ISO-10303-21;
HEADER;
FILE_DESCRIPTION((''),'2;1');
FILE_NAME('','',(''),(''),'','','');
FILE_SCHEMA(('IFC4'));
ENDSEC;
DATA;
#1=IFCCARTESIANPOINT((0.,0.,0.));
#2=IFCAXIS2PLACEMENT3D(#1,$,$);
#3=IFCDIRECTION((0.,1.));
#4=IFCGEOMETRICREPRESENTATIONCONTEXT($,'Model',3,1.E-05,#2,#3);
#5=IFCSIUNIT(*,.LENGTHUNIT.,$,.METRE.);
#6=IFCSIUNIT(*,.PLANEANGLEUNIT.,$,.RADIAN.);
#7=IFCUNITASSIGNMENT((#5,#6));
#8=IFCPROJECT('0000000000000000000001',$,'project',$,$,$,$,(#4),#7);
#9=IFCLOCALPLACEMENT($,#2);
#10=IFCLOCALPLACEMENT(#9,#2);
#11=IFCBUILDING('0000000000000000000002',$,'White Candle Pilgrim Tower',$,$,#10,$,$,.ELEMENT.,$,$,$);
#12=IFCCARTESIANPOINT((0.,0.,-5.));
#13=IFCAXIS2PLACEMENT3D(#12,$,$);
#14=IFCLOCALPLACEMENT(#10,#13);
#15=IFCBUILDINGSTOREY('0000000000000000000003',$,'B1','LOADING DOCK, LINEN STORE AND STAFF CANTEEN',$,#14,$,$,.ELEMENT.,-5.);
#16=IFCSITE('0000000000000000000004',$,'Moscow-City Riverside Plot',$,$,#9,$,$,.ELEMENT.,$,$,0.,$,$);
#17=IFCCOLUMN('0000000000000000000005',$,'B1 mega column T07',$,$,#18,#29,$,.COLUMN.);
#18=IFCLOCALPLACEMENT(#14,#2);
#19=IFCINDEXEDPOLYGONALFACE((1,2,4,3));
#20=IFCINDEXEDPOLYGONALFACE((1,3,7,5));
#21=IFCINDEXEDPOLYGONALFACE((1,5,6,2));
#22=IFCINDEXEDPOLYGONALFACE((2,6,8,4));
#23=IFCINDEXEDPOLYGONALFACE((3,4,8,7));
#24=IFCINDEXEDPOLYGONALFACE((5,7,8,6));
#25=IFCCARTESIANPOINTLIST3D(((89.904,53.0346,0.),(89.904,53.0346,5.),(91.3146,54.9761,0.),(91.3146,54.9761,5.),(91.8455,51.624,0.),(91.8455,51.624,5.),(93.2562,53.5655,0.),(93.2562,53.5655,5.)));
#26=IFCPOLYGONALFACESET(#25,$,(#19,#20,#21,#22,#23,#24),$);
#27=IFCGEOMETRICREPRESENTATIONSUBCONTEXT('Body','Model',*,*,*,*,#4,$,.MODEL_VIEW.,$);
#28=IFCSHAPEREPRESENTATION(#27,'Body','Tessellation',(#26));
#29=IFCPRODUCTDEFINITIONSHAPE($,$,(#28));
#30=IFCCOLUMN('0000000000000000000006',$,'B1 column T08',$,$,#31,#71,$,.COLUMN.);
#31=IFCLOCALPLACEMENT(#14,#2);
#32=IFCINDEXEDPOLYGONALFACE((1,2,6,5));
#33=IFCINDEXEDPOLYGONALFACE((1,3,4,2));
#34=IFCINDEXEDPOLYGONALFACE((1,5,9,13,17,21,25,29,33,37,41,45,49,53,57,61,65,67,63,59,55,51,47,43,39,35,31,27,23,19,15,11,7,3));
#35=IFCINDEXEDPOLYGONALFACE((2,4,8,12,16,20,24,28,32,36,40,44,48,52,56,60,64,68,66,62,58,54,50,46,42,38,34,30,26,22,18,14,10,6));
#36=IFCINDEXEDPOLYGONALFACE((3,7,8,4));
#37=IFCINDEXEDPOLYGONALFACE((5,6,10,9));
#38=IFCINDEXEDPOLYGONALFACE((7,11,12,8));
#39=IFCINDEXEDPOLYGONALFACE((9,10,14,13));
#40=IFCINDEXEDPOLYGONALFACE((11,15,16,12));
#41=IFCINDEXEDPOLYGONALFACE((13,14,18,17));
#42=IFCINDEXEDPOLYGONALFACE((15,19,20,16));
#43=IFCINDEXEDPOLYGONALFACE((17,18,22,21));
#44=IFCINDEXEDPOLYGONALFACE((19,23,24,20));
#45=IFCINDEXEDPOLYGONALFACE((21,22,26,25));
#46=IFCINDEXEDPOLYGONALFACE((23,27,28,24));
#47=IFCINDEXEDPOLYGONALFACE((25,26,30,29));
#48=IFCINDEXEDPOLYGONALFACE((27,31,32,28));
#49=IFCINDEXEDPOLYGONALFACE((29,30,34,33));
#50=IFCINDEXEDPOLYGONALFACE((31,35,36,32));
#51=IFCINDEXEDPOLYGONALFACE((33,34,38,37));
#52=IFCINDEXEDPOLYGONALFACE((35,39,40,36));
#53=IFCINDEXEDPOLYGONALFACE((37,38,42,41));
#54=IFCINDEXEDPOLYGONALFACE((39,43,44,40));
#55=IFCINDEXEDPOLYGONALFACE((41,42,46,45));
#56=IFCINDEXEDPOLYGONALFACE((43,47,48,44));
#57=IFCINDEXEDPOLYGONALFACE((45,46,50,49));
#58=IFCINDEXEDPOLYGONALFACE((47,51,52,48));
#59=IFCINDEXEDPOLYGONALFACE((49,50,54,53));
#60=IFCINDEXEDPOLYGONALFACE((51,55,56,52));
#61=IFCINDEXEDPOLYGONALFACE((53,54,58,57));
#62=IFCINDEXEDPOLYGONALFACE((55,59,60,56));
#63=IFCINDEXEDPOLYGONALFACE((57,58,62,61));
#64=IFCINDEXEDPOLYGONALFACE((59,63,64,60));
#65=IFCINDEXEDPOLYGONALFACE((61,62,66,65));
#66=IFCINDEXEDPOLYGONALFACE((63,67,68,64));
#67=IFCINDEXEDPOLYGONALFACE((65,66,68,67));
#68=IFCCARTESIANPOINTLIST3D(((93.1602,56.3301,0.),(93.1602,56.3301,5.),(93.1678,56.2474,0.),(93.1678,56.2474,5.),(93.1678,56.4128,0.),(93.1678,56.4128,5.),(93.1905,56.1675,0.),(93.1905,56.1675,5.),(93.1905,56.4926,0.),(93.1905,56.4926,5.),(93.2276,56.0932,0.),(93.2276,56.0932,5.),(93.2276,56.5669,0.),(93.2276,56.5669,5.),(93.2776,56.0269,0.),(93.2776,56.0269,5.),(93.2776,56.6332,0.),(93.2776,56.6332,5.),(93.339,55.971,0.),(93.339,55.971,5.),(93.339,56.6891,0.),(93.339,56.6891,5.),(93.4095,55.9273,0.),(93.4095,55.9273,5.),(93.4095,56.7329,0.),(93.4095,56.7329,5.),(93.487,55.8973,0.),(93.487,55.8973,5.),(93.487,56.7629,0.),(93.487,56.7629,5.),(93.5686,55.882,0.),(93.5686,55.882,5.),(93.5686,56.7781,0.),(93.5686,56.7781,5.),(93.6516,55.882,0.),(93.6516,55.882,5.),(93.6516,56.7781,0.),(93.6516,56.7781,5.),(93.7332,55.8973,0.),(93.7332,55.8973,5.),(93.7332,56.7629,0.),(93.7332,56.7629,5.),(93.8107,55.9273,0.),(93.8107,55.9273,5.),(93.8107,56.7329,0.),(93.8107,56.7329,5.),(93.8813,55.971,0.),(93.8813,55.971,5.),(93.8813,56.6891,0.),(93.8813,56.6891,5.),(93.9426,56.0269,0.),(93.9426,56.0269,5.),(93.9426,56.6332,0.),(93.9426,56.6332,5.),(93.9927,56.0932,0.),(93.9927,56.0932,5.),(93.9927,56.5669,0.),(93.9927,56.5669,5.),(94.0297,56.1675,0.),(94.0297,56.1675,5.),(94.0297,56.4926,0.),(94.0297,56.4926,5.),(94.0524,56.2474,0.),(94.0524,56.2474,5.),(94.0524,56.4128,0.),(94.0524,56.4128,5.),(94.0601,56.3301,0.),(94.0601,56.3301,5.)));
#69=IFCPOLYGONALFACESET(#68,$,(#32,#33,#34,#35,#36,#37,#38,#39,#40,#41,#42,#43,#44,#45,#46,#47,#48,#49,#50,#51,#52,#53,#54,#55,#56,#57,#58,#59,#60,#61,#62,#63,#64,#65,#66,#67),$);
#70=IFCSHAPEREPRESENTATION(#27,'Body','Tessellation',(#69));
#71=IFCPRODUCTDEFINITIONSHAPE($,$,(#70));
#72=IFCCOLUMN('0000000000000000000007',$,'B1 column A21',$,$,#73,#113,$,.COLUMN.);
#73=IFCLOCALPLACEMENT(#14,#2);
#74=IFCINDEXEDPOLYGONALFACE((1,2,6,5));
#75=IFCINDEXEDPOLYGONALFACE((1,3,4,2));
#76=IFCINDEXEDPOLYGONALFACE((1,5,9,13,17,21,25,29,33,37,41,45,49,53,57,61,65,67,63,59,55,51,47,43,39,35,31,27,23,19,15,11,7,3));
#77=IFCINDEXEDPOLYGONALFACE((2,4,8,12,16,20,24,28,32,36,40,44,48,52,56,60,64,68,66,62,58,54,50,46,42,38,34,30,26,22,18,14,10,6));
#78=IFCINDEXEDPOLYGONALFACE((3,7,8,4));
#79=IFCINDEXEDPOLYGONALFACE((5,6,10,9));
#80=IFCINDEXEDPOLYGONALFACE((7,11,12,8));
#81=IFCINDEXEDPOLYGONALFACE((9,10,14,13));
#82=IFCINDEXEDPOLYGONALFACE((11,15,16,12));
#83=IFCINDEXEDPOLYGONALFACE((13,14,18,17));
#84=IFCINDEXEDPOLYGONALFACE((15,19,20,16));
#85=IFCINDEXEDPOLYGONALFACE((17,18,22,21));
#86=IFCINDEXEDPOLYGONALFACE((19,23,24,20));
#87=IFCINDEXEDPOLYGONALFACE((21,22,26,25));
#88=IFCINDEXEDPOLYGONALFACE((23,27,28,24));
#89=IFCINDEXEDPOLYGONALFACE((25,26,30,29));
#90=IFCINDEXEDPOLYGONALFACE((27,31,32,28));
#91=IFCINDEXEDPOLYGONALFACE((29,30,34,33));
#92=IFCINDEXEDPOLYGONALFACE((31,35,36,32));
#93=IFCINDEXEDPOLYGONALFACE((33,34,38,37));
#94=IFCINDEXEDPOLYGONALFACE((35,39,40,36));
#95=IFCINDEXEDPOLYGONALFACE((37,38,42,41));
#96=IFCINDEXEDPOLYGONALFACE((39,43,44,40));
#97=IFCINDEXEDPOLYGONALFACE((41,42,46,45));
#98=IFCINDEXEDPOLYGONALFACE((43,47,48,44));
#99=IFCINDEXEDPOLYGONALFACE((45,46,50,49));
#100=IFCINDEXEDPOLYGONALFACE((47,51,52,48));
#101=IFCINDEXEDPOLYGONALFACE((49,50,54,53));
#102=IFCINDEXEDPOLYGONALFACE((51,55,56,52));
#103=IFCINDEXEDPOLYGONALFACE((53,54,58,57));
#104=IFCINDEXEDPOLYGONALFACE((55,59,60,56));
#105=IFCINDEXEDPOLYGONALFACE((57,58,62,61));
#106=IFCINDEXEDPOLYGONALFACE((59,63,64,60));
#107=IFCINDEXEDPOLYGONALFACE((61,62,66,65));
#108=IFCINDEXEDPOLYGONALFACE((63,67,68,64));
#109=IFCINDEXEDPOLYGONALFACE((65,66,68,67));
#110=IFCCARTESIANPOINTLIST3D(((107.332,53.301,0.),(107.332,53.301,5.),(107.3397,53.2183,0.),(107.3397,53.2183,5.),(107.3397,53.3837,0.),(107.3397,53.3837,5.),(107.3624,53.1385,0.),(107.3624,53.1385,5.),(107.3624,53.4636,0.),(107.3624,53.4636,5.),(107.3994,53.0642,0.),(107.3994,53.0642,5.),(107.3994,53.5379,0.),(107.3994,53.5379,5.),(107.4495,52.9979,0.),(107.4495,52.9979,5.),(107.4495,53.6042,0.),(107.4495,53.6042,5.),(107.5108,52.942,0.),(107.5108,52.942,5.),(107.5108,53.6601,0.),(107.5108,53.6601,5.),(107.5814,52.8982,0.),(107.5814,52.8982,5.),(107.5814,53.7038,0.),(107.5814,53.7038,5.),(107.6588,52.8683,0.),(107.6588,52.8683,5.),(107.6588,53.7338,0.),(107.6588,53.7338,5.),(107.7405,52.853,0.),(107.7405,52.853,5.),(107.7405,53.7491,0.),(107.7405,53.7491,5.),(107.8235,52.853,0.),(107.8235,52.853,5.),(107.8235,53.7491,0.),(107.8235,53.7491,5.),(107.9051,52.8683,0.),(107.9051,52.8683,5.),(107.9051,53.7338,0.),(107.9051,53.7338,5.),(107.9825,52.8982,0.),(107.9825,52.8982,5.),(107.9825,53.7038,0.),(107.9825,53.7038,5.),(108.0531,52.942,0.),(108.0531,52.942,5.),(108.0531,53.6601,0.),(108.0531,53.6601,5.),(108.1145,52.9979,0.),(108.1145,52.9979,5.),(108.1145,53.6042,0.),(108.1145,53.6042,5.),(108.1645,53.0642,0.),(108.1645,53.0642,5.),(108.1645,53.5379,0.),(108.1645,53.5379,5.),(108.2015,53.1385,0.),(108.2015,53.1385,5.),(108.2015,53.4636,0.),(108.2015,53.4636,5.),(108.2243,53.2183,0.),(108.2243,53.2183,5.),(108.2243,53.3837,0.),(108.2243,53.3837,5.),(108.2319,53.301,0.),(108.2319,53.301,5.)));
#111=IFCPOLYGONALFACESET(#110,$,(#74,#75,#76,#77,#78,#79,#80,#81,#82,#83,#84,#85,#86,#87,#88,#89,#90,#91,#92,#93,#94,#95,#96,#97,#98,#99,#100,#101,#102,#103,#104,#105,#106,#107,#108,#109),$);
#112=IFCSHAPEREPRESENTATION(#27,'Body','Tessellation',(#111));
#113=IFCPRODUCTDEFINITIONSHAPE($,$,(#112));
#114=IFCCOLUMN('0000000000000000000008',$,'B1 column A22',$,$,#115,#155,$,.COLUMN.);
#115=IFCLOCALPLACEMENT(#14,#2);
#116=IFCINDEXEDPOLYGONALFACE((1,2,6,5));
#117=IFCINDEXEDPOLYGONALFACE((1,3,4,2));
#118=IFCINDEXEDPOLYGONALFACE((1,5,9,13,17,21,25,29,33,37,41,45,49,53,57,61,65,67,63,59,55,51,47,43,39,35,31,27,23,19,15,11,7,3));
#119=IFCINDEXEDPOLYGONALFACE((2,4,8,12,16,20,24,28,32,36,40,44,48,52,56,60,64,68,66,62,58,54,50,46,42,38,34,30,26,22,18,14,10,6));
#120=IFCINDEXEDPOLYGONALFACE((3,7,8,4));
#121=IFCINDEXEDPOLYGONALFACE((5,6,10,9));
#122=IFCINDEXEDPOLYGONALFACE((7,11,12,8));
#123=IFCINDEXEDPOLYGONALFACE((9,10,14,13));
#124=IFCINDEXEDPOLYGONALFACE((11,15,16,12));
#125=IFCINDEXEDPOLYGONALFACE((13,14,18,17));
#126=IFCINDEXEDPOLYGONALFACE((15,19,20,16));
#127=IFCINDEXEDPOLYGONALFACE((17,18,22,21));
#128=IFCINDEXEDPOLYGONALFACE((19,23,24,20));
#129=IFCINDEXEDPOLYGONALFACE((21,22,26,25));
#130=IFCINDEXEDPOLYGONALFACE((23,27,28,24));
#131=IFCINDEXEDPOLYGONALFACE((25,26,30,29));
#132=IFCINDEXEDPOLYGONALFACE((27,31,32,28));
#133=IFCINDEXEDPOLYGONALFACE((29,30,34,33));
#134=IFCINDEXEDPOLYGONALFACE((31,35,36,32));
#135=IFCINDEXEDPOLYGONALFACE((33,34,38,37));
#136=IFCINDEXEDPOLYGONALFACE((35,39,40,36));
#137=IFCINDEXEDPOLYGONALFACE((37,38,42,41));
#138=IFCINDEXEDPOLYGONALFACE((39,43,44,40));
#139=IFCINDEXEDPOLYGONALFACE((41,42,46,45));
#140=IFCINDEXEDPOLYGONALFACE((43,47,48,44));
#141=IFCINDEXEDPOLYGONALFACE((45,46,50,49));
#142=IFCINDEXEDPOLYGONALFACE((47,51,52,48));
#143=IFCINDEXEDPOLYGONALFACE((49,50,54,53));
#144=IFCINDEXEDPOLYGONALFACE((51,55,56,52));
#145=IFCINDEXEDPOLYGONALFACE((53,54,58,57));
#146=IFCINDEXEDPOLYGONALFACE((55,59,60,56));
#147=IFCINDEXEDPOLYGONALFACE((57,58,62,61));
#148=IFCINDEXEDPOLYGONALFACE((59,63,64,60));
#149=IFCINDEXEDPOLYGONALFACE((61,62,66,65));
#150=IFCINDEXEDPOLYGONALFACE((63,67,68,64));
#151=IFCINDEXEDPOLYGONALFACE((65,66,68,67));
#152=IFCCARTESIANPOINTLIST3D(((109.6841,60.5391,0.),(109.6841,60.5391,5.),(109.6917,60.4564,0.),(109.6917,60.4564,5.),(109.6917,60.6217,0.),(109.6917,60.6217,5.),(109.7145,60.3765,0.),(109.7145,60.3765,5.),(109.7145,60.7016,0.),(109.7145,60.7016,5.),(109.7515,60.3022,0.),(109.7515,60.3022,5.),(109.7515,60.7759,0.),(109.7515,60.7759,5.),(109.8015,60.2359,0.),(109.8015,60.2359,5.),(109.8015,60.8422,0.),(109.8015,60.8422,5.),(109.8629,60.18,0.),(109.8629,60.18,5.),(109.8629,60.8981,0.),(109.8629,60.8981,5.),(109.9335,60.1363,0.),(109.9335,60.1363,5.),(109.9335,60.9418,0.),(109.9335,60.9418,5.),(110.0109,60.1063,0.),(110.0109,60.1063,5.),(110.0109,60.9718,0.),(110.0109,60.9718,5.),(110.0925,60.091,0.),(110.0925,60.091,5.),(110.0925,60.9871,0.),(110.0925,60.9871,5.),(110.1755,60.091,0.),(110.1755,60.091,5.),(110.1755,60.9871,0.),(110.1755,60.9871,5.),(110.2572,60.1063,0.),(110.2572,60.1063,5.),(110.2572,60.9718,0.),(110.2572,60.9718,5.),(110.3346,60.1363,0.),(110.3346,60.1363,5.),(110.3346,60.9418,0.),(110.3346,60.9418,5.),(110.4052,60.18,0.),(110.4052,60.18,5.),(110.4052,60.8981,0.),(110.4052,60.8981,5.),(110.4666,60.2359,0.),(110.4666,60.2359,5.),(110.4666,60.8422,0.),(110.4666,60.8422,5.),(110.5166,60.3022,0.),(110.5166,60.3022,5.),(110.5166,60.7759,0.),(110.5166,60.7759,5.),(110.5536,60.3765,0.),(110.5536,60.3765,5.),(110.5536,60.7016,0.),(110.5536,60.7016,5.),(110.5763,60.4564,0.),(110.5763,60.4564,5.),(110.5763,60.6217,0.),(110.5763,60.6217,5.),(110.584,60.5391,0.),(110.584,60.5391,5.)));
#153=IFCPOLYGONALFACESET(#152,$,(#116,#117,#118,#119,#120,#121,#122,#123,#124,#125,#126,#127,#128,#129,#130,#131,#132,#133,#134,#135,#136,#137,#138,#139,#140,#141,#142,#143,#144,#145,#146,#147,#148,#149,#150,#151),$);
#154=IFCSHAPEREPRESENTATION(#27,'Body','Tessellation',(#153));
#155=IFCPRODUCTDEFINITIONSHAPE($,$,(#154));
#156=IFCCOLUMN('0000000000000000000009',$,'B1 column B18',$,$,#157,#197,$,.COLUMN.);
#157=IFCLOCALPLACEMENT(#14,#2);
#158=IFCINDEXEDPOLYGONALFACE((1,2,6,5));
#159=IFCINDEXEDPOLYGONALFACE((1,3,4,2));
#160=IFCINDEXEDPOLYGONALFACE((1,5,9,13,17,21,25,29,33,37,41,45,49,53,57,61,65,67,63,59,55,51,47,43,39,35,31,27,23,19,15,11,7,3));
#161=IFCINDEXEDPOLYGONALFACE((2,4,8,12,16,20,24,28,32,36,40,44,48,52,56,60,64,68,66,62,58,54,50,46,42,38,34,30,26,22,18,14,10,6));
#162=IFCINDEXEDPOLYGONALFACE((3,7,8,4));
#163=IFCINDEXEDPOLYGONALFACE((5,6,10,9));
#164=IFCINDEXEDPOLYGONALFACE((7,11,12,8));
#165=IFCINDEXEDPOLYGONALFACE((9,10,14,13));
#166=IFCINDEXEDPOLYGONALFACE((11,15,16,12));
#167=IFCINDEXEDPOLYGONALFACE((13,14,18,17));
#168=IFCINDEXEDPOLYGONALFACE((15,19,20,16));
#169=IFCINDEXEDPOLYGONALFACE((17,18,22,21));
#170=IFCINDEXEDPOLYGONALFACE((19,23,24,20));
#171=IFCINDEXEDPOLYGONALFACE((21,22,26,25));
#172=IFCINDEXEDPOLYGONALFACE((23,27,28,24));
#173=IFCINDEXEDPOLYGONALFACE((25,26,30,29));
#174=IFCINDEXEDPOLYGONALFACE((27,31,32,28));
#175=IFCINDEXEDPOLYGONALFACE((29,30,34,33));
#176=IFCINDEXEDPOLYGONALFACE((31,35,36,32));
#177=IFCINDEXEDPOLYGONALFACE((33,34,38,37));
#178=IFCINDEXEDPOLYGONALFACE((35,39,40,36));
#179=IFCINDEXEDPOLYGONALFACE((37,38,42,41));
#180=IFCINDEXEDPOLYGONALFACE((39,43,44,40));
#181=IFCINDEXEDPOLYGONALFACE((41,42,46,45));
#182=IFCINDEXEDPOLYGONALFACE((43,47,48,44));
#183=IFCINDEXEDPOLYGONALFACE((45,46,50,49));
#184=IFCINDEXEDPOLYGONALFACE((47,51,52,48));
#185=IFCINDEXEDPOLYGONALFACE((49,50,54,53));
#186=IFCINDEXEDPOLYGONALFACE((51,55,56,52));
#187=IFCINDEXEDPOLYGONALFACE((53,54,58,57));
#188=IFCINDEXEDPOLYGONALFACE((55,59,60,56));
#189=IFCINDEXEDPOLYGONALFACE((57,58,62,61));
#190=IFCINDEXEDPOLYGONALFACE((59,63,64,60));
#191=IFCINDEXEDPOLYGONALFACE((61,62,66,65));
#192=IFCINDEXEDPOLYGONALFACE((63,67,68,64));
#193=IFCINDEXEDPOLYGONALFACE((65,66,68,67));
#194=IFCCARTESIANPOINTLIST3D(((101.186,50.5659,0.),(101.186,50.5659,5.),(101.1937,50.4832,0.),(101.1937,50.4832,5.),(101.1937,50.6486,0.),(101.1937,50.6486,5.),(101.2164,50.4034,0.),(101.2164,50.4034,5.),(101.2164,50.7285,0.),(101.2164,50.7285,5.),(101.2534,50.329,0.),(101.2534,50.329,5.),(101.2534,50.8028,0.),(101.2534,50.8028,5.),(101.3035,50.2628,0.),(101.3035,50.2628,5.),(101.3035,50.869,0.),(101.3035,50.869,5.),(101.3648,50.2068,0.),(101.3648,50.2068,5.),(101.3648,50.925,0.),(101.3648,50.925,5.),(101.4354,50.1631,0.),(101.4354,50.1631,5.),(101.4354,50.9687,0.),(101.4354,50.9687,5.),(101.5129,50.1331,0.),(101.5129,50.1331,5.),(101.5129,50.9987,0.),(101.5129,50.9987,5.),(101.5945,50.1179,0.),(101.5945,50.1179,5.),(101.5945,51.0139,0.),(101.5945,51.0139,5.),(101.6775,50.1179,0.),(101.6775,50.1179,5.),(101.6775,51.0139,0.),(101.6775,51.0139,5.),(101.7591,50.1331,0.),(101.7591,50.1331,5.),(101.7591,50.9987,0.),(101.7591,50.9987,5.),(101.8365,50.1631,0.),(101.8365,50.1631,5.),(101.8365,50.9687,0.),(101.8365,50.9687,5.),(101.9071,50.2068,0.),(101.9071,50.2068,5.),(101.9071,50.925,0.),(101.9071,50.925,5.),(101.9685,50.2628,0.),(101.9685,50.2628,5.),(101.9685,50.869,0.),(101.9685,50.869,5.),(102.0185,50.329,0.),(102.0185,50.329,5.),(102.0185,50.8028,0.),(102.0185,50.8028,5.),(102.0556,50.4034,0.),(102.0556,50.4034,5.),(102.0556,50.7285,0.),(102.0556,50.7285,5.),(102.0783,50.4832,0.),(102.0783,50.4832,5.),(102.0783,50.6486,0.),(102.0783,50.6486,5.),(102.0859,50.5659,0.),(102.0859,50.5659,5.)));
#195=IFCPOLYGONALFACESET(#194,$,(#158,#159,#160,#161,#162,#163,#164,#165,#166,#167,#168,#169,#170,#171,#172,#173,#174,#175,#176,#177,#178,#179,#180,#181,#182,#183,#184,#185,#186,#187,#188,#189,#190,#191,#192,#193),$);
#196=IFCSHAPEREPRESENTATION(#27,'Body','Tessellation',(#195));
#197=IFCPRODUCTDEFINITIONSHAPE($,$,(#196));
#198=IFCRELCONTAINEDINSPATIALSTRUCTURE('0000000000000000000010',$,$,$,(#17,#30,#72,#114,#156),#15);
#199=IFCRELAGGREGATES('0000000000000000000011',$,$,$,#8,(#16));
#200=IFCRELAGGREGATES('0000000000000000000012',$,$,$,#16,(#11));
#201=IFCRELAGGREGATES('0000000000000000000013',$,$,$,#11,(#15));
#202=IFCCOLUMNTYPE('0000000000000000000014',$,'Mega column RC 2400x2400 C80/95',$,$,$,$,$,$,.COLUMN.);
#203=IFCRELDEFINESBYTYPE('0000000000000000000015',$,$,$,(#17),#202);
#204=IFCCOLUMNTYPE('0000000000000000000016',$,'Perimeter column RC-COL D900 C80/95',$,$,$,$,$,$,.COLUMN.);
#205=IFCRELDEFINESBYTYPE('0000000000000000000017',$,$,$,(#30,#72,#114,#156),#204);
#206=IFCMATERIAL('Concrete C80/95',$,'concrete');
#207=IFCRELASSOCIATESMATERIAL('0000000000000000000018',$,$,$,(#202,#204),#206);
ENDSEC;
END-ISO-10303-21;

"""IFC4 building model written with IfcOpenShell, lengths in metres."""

from ifc_helpers import new_model, si_unit, direction, frame, origin, origin_2d, place, context, subcontext, project, spatial, rectangle, circle, extrude, material, material_profile, profile_set, type_object, element, save


model = new_model("IFC4")

# Units and contexts
model_context = context("Model", 3, precision=1e-05, world=origin(), true_north=direction((0.0, 1.0)))
body_context = subcontext(model_context, "Body", "Model", "MODEL_VIEW")
ifc_project = project(units=[si_unit("LENGTHUNIT", "METRE"), si_unit("PLANEANGLEUNIT", "RADIAN")], contexts=[model_context])

# Site, building, storey
site_placement = place(None, origin())
site = spatial("IfcSite", under=ifc_project, at=site_placement, Name="Moscow-City Riverside Plot", CompositionType="ELEMENT", RefElevation=0.0)
building_placement = place(site_placement, origin())
building = spatial("IfcBuilding", under=site, at=building_placement, Name="White Candle Pilgrim Tower", CompositionType="ELEMENT")
storey_placement = place(building_placement, frame((0.0, 0.0, -5.0)))
storey = spatial("IfcBuildingStorey", under=building, at=storey_placement, Name="B1", Description="LOADING DOCK, LINEN STORE AND STAFF CANTEEN", CompositionType="ELEMENT", Elevation=-5.0)

# Columns
ifc_material_1 = material(Name="Concrete C80/95", Category="concrete")
ifc_material_profile_1 = material_profile(ifc_material_1, rectangle(XDim=2.3999, YDim=2.3999, at=origin_2d()), Name="RC 2400x2400")
ifc_profile_set_1 = profile_set([ifc_material_profile_1], Name="Concrete C80/95")
column_type_1 = type_object("IfcColumnType", Name="Mega column RC 2400x2400 C80/95", PredefinedType="COLUMN", material=ifc_profile_set_1)
column_placement = place(storey_placement, frame((91.5801, 53.3, 0.0), z_axis=(0.0, 0.0, 1.0), x_axis=(0.809017, -0.587785, 0.0)))
element("IfcColumn", 1, at=column_placement, inside=storey, type_object=column_type_1, Name="B1 mega column T07", PredefinedType="COLUMN", context=body_context, shape_type="SweptSolid", body=[
    extrude(rectangle(XDim=2.3999, YDim=2.3999, at=origin_2d()), origin(), (0.0, 0.0, 1.0), 5.0),
])
ifc_material_profile_2 = material_profile(ifc_material_1, circle(Radius=0.45, at=origin_2d()), Name="RC-COL D900")
ifc_profile_set_2 = profile_set([ifc_material_profile_2], Name="Concrete C80/95")
column_type_2 = type_object("IfcColumnType", Name="Perimeter column RC-COL D900 C80/95", PredefinedType="COLUMN", material=ifc_profile_set_2)
for number, where, z_axis, x_axis, name in (
    (2, (93.6101, 56.3301, 0.0), (0.0, 0.0, 1.0), (1.0, 0.0, 0.0), "B1 column T08"),
    (3, (107.782, 53.301, 0.0), (0.0, 0.0, 1.0), (1.0, 0.0, 0.0), "B1 column A21"),
    (4, (110.134, 60.5391, 0.0), (0.0, 0.0, 1.0), (1.0, 0.0, 0.0), "B1 column A22"),
    (5, (101.636, 50.5659, 0.0), (0.0, 0.0, 1.0), (1.0, 0.0, 0.0), "B1 column B18"),
):
    element("IfcColumn", number, at=place(storey_placement, frame(where, z_axis=z_axis, x_axis=x_axis)), inside=storey, type_object=column_type_2, Name=name, PredefinedType="COLUMN", context=body_context, shape_type="SweptSolid", body=[
        extrude(circle(Radius=0.45, at=origin_2d()), origin(), (0.0, 0.0, 1.0), 5.0),
    ])

save(model, "model.ifc")
